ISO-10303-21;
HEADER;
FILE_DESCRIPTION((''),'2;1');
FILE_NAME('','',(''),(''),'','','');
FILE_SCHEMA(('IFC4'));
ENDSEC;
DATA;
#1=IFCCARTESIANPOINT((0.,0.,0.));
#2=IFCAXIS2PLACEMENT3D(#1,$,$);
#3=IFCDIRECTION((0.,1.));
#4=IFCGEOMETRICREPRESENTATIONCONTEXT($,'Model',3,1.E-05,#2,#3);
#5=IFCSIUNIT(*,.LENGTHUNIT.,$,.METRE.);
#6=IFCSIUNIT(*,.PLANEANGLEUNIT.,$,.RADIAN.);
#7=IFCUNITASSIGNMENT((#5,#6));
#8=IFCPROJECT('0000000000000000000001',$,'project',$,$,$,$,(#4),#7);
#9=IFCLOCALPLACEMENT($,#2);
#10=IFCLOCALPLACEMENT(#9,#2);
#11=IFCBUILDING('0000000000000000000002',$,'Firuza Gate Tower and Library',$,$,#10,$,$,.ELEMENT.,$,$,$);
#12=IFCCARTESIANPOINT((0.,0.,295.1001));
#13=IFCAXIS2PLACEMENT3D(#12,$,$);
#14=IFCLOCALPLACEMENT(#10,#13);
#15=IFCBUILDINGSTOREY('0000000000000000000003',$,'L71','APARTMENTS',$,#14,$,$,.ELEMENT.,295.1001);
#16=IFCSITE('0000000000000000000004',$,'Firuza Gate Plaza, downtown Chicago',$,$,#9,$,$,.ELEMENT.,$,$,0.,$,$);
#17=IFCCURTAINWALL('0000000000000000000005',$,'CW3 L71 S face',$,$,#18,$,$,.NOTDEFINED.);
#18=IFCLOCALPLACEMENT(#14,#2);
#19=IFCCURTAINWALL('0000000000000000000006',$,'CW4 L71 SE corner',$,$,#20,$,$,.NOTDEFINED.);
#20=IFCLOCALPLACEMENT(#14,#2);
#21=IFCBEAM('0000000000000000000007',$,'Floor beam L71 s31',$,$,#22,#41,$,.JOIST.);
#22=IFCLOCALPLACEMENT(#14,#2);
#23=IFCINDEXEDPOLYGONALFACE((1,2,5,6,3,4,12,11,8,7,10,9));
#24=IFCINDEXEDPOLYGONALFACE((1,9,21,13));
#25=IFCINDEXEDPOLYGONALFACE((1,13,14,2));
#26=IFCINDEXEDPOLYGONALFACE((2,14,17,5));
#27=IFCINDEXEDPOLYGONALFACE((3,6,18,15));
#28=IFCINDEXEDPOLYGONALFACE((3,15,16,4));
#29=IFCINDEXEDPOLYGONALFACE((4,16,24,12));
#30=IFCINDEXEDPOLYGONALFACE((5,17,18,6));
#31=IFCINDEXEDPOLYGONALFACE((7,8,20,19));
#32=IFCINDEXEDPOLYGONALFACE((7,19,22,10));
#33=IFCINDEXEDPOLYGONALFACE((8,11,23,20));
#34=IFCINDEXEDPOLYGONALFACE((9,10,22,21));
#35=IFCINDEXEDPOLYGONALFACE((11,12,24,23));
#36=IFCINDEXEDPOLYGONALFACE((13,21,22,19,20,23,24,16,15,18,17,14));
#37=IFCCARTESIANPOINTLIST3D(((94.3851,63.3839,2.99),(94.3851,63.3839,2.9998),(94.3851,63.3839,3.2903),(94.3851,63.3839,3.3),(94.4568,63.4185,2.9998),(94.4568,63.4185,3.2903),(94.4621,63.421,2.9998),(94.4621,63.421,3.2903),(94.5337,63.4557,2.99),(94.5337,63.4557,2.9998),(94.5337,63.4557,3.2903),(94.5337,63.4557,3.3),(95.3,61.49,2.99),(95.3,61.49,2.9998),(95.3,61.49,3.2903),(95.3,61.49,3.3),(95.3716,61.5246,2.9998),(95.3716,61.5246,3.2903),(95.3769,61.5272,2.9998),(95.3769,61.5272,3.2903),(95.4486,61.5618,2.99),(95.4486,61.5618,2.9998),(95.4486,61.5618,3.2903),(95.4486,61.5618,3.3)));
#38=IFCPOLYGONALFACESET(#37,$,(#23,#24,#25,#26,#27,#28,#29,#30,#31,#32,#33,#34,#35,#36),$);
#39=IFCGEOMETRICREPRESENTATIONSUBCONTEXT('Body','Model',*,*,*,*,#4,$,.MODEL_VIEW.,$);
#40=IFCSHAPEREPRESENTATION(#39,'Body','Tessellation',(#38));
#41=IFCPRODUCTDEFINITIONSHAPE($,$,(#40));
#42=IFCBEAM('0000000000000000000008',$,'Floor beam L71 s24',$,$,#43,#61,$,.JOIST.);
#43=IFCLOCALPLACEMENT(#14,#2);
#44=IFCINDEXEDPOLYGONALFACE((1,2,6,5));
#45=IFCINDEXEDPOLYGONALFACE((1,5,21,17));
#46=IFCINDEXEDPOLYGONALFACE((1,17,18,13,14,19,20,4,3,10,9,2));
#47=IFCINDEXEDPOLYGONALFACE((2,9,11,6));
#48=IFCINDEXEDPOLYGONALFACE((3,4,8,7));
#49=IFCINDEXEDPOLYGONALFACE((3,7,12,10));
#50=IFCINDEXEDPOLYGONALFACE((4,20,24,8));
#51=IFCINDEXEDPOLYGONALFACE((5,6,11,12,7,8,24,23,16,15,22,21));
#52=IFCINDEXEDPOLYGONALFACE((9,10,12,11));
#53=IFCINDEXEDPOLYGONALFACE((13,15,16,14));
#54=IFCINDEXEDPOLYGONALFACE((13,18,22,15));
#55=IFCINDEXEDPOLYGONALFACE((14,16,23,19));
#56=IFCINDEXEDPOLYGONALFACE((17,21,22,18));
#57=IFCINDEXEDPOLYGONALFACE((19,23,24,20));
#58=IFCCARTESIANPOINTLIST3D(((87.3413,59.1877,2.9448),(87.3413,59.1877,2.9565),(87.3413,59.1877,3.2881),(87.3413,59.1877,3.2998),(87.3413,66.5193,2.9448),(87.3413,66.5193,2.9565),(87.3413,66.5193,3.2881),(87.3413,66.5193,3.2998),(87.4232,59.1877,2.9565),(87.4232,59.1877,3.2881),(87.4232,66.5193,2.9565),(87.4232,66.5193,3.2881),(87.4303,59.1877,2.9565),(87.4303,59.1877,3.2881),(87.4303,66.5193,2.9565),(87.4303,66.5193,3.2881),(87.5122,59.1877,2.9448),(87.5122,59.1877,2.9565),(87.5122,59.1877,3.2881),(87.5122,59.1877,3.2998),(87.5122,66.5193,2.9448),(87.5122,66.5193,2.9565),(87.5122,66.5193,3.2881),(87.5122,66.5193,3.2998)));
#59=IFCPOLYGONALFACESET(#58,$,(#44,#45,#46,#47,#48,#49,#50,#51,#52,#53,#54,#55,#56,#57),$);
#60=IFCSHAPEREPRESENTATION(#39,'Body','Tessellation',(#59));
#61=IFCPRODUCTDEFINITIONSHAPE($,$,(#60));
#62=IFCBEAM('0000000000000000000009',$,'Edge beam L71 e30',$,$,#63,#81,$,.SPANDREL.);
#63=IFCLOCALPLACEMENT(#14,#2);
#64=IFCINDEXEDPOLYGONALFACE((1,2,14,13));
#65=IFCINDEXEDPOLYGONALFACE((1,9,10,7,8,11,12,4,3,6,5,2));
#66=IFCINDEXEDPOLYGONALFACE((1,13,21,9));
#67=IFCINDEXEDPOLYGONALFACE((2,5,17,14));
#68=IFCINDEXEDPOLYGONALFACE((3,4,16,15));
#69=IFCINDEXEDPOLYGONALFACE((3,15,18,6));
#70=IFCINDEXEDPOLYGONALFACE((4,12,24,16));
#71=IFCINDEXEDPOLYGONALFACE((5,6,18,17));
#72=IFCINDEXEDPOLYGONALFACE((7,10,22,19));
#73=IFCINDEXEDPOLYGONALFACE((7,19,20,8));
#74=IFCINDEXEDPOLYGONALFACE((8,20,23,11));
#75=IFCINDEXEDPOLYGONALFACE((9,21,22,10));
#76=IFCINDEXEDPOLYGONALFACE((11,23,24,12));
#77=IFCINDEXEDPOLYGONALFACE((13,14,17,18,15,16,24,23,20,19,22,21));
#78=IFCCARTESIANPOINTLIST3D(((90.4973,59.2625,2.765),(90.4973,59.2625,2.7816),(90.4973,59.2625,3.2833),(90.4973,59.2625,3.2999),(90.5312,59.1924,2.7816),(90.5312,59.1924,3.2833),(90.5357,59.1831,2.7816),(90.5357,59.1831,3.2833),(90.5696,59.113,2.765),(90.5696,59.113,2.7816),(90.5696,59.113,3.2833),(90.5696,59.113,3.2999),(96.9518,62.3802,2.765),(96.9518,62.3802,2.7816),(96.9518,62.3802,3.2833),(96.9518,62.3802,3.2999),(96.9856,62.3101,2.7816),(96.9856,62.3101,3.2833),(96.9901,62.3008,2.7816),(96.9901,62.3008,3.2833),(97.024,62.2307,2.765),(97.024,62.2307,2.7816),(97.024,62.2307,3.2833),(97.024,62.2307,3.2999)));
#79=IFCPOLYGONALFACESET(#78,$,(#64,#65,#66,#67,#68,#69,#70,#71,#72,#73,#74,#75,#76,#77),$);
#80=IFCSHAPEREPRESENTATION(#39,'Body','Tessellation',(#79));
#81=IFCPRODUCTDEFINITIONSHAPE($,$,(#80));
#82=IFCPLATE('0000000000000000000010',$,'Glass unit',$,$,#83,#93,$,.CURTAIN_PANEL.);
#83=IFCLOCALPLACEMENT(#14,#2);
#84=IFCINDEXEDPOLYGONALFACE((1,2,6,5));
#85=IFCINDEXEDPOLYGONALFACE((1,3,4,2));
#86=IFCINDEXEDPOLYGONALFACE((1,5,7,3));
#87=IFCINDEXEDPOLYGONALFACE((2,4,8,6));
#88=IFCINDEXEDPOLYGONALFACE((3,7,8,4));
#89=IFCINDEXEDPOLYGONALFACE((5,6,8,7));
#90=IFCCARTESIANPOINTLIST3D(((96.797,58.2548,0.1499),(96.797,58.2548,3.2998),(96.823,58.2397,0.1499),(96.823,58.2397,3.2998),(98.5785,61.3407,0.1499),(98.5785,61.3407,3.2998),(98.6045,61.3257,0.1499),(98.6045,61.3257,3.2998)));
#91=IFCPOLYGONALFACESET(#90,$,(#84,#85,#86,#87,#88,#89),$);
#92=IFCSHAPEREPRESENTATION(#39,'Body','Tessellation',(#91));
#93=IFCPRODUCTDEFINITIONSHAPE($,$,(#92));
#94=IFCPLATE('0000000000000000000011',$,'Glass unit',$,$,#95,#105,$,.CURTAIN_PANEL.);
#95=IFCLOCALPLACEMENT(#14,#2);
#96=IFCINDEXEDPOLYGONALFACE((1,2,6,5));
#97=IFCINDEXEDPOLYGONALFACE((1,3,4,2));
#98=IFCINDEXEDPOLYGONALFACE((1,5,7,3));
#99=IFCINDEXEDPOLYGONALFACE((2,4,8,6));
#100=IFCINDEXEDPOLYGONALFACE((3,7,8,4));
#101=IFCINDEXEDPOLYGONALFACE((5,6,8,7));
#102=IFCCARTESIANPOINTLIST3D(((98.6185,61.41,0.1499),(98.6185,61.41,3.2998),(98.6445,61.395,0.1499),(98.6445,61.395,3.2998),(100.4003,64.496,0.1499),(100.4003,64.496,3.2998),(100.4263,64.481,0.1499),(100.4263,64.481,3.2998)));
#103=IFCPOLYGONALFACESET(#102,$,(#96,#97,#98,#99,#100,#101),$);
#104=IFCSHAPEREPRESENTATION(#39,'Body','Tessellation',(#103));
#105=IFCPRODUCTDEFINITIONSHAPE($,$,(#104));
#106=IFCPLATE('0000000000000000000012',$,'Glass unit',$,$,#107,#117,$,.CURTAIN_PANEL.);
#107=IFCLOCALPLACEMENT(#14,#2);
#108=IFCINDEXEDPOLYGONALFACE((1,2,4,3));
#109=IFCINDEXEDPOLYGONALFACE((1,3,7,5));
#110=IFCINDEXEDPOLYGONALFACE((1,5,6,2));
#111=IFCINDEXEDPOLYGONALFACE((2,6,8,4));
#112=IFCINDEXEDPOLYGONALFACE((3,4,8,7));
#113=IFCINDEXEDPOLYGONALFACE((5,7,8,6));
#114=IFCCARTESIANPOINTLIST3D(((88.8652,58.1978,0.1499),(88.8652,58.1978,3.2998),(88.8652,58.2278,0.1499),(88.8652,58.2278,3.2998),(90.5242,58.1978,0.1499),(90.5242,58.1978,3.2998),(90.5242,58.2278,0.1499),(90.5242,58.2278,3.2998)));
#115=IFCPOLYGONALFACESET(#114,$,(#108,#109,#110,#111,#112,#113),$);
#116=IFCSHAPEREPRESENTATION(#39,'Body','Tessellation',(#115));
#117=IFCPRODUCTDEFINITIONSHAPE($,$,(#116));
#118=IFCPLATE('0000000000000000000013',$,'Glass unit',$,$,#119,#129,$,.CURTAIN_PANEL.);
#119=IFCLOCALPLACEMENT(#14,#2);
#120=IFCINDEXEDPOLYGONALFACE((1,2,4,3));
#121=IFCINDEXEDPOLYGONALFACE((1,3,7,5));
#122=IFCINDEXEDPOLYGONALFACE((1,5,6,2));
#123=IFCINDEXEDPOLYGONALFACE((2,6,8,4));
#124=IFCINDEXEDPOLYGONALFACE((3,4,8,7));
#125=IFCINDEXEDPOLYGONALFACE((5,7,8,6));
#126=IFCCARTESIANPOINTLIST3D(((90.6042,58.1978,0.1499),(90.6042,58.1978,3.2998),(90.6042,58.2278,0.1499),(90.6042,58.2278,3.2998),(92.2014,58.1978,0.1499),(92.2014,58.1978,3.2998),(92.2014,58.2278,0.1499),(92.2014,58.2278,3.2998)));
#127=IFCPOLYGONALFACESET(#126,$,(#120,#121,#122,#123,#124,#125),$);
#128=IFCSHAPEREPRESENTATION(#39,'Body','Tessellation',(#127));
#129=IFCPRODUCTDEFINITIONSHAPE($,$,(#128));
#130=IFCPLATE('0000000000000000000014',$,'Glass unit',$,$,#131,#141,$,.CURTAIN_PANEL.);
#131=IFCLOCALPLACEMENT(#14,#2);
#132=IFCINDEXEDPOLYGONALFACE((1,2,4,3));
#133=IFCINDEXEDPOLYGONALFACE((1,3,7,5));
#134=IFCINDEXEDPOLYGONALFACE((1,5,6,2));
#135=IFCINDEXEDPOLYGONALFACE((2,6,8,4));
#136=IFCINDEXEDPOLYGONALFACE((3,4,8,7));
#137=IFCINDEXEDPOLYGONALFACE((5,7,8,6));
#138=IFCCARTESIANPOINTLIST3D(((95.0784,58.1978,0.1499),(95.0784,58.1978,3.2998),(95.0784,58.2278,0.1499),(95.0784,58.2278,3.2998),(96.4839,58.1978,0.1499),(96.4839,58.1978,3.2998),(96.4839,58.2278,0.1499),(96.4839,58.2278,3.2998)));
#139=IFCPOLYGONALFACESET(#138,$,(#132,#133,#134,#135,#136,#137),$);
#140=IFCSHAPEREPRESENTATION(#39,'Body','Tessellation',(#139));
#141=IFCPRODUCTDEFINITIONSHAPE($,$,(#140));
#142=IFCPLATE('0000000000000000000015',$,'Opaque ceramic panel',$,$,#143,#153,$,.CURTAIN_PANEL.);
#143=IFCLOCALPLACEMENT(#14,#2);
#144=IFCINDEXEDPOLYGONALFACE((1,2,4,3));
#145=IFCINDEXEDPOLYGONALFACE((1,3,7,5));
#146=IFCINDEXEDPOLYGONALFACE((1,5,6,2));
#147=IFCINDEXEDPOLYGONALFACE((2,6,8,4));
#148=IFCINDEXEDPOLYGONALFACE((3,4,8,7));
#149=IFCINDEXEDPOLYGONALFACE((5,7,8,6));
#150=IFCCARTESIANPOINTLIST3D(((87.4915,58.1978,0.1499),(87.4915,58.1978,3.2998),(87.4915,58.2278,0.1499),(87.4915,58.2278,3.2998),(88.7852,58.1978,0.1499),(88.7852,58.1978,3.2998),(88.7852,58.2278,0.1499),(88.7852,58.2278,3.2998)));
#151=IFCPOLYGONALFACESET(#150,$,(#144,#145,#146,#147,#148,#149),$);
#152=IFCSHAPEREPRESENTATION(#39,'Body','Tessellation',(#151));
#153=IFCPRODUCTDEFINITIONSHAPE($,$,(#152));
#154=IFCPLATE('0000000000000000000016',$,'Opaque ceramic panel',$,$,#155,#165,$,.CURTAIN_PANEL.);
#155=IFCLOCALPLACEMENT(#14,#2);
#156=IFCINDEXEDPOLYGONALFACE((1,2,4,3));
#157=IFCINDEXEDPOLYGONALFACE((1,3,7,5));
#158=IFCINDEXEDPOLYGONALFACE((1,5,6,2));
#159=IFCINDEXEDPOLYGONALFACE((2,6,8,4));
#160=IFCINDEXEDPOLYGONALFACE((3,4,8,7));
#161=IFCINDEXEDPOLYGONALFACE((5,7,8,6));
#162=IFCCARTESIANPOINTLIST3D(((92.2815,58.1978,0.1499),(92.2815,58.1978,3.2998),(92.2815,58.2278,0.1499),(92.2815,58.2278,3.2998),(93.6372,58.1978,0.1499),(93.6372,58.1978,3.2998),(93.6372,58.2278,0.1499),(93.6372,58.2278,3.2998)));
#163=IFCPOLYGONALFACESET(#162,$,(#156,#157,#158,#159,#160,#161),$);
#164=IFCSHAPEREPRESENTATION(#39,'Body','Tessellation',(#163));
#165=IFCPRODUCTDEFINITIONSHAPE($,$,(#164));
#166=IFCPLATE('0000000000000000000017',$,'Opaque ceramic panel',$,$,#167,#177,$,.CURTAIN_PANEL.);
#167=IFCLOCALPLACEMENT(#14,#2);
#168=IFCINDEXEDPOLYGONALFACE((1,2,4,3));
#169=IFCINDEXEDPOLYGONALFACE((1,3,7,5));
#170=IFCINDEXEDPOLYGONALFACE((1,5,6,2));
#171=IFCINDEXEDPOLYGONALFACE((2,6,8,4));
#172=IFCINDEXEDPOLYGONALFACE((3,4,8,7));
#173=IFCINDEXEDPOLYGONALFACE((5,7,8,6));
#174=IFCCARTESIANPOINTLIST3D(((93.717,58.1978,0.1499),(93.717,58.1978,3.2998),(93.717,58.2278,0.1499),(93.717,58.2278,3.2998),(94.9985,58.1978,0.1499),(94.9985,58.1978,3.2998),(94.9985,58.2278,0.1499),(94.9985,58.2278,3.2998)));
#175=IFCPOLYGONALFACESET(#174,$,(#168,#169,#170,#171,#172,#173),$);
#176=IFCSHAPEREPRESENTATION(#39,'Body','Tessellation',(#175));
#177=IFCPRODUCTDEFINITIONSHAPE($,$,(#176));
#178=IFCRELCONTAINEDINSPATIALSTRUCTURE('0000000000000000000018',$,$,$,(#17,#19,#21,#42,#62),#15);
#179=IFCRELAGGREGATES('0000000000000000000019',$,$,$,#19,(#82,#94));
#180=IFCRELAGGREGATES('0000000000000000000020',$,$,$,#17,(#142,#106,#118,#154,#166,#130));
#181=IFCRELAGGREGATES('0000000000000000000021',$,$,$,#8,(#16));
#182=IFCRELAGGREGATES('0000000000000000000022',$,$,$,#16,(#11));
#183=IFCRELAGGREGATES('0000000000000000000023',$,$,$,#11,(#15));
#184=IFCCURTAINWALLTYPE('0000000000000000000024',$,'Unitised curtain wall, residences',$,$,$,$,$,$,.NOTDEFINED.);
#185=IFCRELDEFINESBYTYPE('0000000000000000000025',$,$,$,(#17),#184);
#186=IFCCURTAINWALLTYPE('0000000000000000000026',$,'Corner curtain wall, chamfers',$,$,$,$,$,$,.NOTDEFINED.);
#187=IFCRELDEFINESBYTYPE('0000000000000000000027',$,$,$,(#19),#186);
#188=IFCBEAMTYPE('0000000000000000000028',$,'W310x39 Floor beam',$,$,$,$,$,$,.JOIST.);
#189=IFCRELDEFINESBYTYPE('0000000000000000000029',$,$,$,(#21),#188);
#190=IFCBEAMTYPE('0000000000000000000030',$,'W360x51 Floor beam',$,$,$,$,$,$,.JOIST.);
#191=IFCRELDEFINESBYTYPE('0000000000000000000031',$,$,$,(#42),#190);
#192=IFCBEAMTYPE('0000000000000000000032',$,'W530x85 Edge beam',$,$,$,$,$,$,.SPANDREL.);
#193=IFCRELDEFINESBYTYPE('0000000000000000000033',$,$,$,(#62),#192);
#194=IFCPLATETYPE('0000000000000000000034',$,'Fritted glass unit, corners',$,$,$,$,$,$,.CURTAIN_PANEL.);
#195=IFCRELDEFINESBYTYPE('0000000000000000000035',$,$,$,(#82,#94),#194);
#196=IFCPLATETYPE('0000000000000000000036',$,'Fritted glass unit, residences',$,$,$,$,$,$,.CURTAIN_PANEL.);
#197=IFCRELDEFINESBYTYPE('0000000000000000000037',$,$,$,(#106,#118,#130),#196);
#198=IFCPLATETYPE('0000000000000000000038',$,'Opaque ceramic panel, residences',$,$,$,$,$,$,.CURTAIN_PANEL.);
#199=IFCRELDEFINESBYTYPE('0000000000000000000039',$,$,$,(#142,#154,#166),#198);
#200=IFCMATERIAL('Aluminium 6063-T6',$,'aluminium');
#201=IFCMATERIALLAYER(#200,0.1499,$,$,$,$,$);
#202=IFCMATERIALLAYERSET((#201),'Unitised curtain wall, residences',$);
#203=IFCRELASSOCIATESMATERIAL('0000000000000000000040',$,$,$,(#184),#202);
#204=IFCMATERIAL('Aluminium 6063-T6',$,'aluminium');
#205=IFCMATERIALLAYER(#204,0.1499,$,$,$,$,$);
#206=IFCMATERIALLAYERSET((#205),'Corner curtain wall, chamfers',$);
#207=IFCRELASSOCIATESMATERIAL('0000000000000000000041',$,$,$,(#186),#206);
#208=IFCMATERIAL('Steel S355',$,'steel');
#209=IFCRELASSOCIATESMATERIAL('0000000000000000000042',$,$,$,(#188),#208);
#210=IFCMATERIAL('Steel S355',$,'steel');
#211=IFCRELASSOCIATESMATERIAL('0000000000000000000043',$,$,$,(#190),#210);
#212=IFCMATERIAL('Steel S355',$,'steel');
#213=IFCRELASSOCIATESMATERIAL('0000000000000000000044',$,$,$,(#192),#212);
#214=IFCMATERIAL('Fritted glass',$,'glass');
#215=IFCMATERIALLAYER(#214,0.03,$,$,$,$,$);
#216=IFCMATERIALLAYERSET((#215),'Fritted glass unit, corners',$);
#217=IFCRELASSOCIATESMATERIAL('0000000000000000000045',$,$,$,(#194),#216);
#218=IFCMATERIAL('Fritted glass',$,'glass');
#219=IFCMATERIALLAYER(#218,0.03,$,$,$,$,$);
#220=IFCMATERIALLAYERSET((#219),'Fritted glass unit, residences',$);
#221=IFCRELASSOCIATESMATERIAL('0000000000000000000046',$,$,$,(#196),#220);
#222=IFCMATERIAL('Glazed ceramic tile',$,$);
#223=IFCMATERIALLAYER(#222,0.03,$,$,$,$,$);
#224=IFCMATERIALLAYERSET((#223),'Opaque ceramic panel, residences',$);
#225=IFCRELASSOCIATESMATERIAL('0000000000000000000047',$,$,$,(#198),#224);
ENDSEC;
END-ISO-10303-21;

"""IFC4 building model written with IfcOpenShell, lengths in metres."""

from ifc_helpers import new_model, si_unit, direction, frame, origin, origin_2d, place, context, subcontext, project, spatial, polyline, i_section, outline, extrude, material, layer, layer_set, material_profile, profile_set, type_object, element, aggregate, save


model = new_model("IFC4")

# Units and contexts
model_context = context("Model", 3, precision=1e-05, world=origin(), true_north=direction((0.0, 1.0)))
body_context = subcontext(model_context, "Body", "Model", "MODEL_VIEW")
ifc_project = project(units=[si_unit("LENGTHUNIT", "METRE"), si_unit("PLANEANGLEUNIT", "RADIAN")], contexts=[model_context])

# Site, building, storey
site_placement = place(None, origin())
site = spatial("IfcSite", under=ifc_project, at=site_placement, Name="Firuza Gate Plaza, downtown Chicago", CompositionType="ELEMENT", RefElevation=0.0)
building_placement = place(site_placement, origin())
building = spatial("IfcBuilding", under=site, at=building_placement, Name="Firuza Gate Tower and Library", CompositionType="ELEMENT")
storey_placement = place(building_placement, frame((0.0, 0.0, 295.1001)))
storey = spatial("IfcBuildingStorey", under=building, at=storey_placement, Name="L71", Description="APARTMENTS", CompositionType="ELEMENT", Elevation=295.1001)

# Curtain walls
ifc_material_1 = material(Name="Aluminium 6063-T6", Category="aluminium")
ifc_layer_1 = layer(ifc_material_1, 0.1499)
ifc_layer_set_1 = layer_set([ifc_layer_1], Name="Unitised curtain wall, residences")
curtain_wall_type_1 = type_object("IfcCurtainWallType", Name="Unitised curtain wall, residences", PredefinedType="NOTDEFINED", material=ifc_layer_set_1)
placement = place(storey_placement, origin())
curtain_wall_1 = element("IfcCurtainWall", 1, at=placement, inside=storey, type_object=curtain_wall_type_1, Name="CW3 L71 S face", PredefinedType="NOTDEFINED")
ifc_material_2 = material(Name="Aluminium 6063-T6", Category="aluminium")
ifc_layer_2 = layer(ifc_material_2, 0.1499)
ifc_layer_set_2 = layer_set([ifc_layer_2], Name="Corner curtain wall, chamfers")
curtain_wall_type_2 = type_object("IfcCurtainWallType", Name="Corner curtain wall, chamfers", PredefinedType="NOTDEFINED", material=ifc_layer_set_2)
curtain_wall_2 = element("IfcCurtainWall", 2, at=placement, inside=storey, type_object=curtain_wall_type_2, Name="CW4 L71 SE corner", PredefinedType="NOTDEFINED")

# Beams
ifc_material_3 = material(Name="Steel S355", Category="steel")
ifc_material_profile_1 = material_profile(ifc_material_3, i_section(OverallWidth=0.165, OverallDepth=0.3101, WebThickness=0.0059, FlangeThickness=0.0098, at=origin_2d()))
ifc_profile_set_1 = profile_set([ifc_material_profile_1], Name="Steel S355")
beam_type_1 = type_object("IfcBeamType", Name="W310x39 Floor beam", PredefinedType="JOIST", material=ifc_profile_set_1)
beam_1_placement = place(storey_placement, frame((95.3743, 61.5259, 3.145), z_axis=(-0.43496, 0.90045, 0.0), x_axis=(-0.90045, -0.43496, 0.0)))
element("IfcBeam", 3, at=beam_1_placement, inside=storey, type_object=beam_type_1, Name="Floor beam L71 s31", PredefinedType="JOIST", context=body_context, shape_type="SweptSolid", body=[
    extrude(i_section(OverallWidth=0.165, OverallDepth=0.3101, WebThickness=0.0059, FlangeThickness=0.0098, at=origin_2d()), origin(), (0.0, 0.0, 1.0), 2.1033),
])
ifc_material_4 = material(Name="Steel S355", Category="steel")
ifc_material_profile_2 = material_profile(ifc_material_4, i_section(OverallWidth=0.1709, OverallDepth=0.355, WebThickness=0.0071, FlangeThickness=0.0117, at=origin_2d()))
ifc_profile_set_2 = profile_set([ifc_material_profile_2], Name="Steel S355")
beam_type_2 = type_object("IfcBeamType", Name="W360x51 Floor beam", PredefinedType="JOIST", material=ifc_profile_set_2)
beam_2_placement = place(storey_placement, frame((87.4268, 59.1877, 3.1223), z_axis=(0.0, 1.0, 0.0), x_axis=(-1.0, 0.0, 0.0)))
element("IfcBeam", 4, at=beam_2_placement, inside=storey, type_object=beam_type_2, Name="Floor beam L71 s24", PredefinedType="JOIST", context=body_context, shape_type="SweptSolid", body=[
    extrude(i_section(OverallWidth=0.1709, OverallDepth=0.355, WebThickness=0.0071, FlangeThickness=0.0117, at=origin_2d()), origin(), (0.0, 0.0, 1.0), 7.3315),
])
ifc_material_5 = material(Name="Steel S355", Category="steel")
ifc_material_profile_3 = material_profile(ifc_material_5, i_section(OverallWidth=0.166, OverallDepth=0.5349, WebThickness=0.0103, FlangeThickness=0.0166, at=origin_2d()))
ifc_profile_set_3 = profile_set([ifc_material_profile_3], Name="Steel S355")
beam_type_3 = type_object("IfcBeamType", Name="W530x85 Edge beam", PredefinedType="SPANDREL", material=ifc_profile_set_3)
beam_3_placement = place(storey_placement, frame((90.5334, 59.1877, 3.0325), z_axis=(0.900454, 0.434951, 0.0), x_axis=(-0.434951, 0.900454, 0.0)))
element("IfcBeam", 5, at=beam_3_placement, inside=storey, type_object=beam_type_3, Name="Edge beam L71 e30", PredefinedType="SPANDREL", context=body_context, shape_type="SweptSolid", body=[
    extrude(i_section(OverallWidth=0.166, OverallDepth=0.5349, WebThickness=0.0103, FlangeThickness=0.0166, at=origin_2d()), origin(), (0.0, 0.0, 1.0), 7.168),
])

# Plates
ifc_material_6 = material(Name="Fritted glass", Category="glass")
ifc_layer_3 = layer(ifc_material_6, 0.03)
ifc_layer_set_3 = layer_set([ifc_layer_3], Name="Fritted glass unit, corners")
plate_type_1 = type_object("IfcPlateType", Name="Fritted glass unit, corners", PredefinedType="CURTAIN_PANEL", material=ifc_layer_set_3)
plate_1_placement = place(storey_placement, frame((96.823, 58.2397, 0.1499), z_axis=(0.866046, -0.499964, 0.0), x_axis=(0.499964, 0.866046, 0.0)))
plate_1 = element("IfcPlate", 6, at=plate_1_placement, type_object=plate_type_1, Name="Glass unit", PredefinedType="CURTAIN_PANEL", context=body_context, shape_type="SweptSolid", body=[
    extrude(outline(polyline([(0.0, 0.0), (3.5632, 0.0), (3.5632, 3.1499), (0.0, 3.1499), (0.0, 0.0)])), origin(), (0.0, 0.0, -1.0), 0.03),
])
plate_2_placement = place(storey_placement, frame((98.6445, 61.395, 0.1499), z_axis=(0.866017, -0.500015, 0.0), x_axis=(0.500015, 0.866017, 0.0)))
plate_2 = element("IfcPlate", 7, at=plate_2_placement, type_object=plate_type_1, Name="Glass unit", PredefinedType="CURTAIN_PANEL", context=body_context, shape_type="SweptSolid", body=[
    extrude(outline(polyline([(0.0, 0.0), (3.5634, 0.0), (3.5634, 3.1499), (0.0, 3.1499), (0.0, 0.0)])), origin(), (0.0, 0.0, -1.0), 0.03),
])
aggregate(curtain_wall_2, [plate_1, plate_2])
ifc_material_7 = material(Name="Fritted glass", Category="glass")
ifc_layer_4 = layer(ifc_material_7, 0.03)
ifc_layer_set_4 = layer_set([ifc_layer_4], Name="Fritted glass unit, residences")
plate_type_2 = type_object("IfcPlateType", Name="Fritted glass unit, residences", PredefinedType="CURTAIN_PANEL", material=ifc_layer_set_4)
plate_3_placement = place(storey_placement, frame((88.8652, 58.1978, 0.1499), z_axis=(0.0, -1.0, 0.0), x_axis=(1.0, 0.0, 0.0)))
plate_3 = element("IfcPlate", 8, at=plate_3_placement, type_object=plate_type_2, Name="Glass unit", PredefinedType="CURTAIN_PANEL", context=body_context, shape_type="SweptSolid", body=[
    extrude(outline(polyline([(0.0, 0.0), (1.6589, 0.0), (1.6589, 3.1499), (0.0, 3.1499), (0.0, 0.0)])), origin(), (0.0, 0.0, -1.0), 0.03),
])
plate_4_placement = place(storey_placement, frame((90.6042, 58.1978, 0.1499), z_axis=(0.0, -1.0, 0.0), x_axis=(1.0, 0.0, 0.0)))
plate_4 = element("IfcPlate", 9, at=plate_4_placement, type_object=plate_type_2, Name="Glass unit", PredefinedType="CURTAIN_PANEL", context=body_context, shape_type="SweptSolid", body=[
    extrude(outline(polyline([(0.0, 0.0), (1.5972, 0.0), (1.5972, 3.1499), (0.0, 3.1499), (0.0, 0.0)])), origin(), (0.0, 0.0, -1.0), 0.03),
])
plate_5_placement = place(storey_placement, frame((95.0784, 58.1978, 0.1499), z_axis=(0.0, -1.0, 0.0), x_axis=(1.0, 0.0, 0.0)))
plate_5 = element("IfcPlate", 10, at=plate_5_placement, type_object=plate_type_2, Name="Glass unit", PredefinedType="CURTAIN_PANEL", context=body_context, shape_type="SweptSolid", body=[
    extrude(outline(polyline([(0.0, 0.0), (1.4055, 0.0), (1.4055, 3.1499), (0.0, 3.1499), (0.0, 0.0)])), origin(), (0.0, 0.0, -1.0), 0.03),
])
ifc_material_8 = material(Name="Glazed ceramic tile")
ifc_layer_5 = layer(ifc_material_8, 0.03)
ifc_layer_set_5 = layer_set([ifc_layer_5], Name="Opaque ceramic panel, residences")
plate_type_3 = type_object("IfcPlateType", Name="Opaque ceramic panel, residences", PredefinedType="CURTAIN_PANEL", material=ifc_layer_set_5)
plate_6_placement = place(storey_placement, frame((87.4915, 58.1978, 0.1499), z_axis=(0.0, -1.0, 0.0), x_axis=(1.0, 0.0, 0.0)))
plate_6 = element("IfcPlate", 11, at=plate_6_placement, type_object=plate_type_3, Name="Opaque ceramic panel", PredefinedType="CURTAIN_PANEL", context=body_context, shape_type="SweptSolid", body=[
    extrude(outline(polyline([(0.0, 0.0), (1.2937, 0.0), (1.2937, 3.1499), (0.0, 3.1499), (0.0, 0.0)])), origin(), (0.0, 0.0, -1.0), 0.03),
])
plate_7_placement = place(storey_placement, frame((92.2815, 58.1978, 0.1499), z_axis=(0.0, -1.0, 0.0), x_axis=(1.0, 0.0, 0.0)))
plate_7 = element("IfcPlate", 12, at=plate_7_placement, type_object=plate_type_3, Name="Opaque ceramic panel", PredefinedType="CURTAIN_PANEL", context=body_context, shape_type="SweptSolid", body=[
    extrude(outline(polyline([(0.0, 0.0), (1.3557, 0.0), (1.3557, 3.1499), (0.0, 3.1499), (0.0, 0.0)])), origin(), (0.0, 0.0, -1.0), 0.03),
])
plate_8_placement = place(storey_placement, frame((93.717, 58.1978, 0.1499), z_axis=(0.0, -1.0, 0.0), x_axis=(1.0, 0.0, 0.0)))
plate_8 = element("IfcPlate", 13, at=plate_8_placement, type_object=plate_type_3, Name="Opaque ceramic panel", PredefinedType="CURTAIN_PANEL", context=body_context, shape_type="SweptSolid", body=[
    extrude(outline(polyline([(0.0, 0.0), (1.2815, 0.0), (1.2815, 3.1499), (0.0, 3.1499), (0.0, 0.0)])), origin(), (0.0, 0.0, -1.0), 0.03),
])
aggregate(curtain_wall_1, [plate_6, plate_3, plate_4, plate_7, plate_8, plate_5])

save(model, "model.ifc")
